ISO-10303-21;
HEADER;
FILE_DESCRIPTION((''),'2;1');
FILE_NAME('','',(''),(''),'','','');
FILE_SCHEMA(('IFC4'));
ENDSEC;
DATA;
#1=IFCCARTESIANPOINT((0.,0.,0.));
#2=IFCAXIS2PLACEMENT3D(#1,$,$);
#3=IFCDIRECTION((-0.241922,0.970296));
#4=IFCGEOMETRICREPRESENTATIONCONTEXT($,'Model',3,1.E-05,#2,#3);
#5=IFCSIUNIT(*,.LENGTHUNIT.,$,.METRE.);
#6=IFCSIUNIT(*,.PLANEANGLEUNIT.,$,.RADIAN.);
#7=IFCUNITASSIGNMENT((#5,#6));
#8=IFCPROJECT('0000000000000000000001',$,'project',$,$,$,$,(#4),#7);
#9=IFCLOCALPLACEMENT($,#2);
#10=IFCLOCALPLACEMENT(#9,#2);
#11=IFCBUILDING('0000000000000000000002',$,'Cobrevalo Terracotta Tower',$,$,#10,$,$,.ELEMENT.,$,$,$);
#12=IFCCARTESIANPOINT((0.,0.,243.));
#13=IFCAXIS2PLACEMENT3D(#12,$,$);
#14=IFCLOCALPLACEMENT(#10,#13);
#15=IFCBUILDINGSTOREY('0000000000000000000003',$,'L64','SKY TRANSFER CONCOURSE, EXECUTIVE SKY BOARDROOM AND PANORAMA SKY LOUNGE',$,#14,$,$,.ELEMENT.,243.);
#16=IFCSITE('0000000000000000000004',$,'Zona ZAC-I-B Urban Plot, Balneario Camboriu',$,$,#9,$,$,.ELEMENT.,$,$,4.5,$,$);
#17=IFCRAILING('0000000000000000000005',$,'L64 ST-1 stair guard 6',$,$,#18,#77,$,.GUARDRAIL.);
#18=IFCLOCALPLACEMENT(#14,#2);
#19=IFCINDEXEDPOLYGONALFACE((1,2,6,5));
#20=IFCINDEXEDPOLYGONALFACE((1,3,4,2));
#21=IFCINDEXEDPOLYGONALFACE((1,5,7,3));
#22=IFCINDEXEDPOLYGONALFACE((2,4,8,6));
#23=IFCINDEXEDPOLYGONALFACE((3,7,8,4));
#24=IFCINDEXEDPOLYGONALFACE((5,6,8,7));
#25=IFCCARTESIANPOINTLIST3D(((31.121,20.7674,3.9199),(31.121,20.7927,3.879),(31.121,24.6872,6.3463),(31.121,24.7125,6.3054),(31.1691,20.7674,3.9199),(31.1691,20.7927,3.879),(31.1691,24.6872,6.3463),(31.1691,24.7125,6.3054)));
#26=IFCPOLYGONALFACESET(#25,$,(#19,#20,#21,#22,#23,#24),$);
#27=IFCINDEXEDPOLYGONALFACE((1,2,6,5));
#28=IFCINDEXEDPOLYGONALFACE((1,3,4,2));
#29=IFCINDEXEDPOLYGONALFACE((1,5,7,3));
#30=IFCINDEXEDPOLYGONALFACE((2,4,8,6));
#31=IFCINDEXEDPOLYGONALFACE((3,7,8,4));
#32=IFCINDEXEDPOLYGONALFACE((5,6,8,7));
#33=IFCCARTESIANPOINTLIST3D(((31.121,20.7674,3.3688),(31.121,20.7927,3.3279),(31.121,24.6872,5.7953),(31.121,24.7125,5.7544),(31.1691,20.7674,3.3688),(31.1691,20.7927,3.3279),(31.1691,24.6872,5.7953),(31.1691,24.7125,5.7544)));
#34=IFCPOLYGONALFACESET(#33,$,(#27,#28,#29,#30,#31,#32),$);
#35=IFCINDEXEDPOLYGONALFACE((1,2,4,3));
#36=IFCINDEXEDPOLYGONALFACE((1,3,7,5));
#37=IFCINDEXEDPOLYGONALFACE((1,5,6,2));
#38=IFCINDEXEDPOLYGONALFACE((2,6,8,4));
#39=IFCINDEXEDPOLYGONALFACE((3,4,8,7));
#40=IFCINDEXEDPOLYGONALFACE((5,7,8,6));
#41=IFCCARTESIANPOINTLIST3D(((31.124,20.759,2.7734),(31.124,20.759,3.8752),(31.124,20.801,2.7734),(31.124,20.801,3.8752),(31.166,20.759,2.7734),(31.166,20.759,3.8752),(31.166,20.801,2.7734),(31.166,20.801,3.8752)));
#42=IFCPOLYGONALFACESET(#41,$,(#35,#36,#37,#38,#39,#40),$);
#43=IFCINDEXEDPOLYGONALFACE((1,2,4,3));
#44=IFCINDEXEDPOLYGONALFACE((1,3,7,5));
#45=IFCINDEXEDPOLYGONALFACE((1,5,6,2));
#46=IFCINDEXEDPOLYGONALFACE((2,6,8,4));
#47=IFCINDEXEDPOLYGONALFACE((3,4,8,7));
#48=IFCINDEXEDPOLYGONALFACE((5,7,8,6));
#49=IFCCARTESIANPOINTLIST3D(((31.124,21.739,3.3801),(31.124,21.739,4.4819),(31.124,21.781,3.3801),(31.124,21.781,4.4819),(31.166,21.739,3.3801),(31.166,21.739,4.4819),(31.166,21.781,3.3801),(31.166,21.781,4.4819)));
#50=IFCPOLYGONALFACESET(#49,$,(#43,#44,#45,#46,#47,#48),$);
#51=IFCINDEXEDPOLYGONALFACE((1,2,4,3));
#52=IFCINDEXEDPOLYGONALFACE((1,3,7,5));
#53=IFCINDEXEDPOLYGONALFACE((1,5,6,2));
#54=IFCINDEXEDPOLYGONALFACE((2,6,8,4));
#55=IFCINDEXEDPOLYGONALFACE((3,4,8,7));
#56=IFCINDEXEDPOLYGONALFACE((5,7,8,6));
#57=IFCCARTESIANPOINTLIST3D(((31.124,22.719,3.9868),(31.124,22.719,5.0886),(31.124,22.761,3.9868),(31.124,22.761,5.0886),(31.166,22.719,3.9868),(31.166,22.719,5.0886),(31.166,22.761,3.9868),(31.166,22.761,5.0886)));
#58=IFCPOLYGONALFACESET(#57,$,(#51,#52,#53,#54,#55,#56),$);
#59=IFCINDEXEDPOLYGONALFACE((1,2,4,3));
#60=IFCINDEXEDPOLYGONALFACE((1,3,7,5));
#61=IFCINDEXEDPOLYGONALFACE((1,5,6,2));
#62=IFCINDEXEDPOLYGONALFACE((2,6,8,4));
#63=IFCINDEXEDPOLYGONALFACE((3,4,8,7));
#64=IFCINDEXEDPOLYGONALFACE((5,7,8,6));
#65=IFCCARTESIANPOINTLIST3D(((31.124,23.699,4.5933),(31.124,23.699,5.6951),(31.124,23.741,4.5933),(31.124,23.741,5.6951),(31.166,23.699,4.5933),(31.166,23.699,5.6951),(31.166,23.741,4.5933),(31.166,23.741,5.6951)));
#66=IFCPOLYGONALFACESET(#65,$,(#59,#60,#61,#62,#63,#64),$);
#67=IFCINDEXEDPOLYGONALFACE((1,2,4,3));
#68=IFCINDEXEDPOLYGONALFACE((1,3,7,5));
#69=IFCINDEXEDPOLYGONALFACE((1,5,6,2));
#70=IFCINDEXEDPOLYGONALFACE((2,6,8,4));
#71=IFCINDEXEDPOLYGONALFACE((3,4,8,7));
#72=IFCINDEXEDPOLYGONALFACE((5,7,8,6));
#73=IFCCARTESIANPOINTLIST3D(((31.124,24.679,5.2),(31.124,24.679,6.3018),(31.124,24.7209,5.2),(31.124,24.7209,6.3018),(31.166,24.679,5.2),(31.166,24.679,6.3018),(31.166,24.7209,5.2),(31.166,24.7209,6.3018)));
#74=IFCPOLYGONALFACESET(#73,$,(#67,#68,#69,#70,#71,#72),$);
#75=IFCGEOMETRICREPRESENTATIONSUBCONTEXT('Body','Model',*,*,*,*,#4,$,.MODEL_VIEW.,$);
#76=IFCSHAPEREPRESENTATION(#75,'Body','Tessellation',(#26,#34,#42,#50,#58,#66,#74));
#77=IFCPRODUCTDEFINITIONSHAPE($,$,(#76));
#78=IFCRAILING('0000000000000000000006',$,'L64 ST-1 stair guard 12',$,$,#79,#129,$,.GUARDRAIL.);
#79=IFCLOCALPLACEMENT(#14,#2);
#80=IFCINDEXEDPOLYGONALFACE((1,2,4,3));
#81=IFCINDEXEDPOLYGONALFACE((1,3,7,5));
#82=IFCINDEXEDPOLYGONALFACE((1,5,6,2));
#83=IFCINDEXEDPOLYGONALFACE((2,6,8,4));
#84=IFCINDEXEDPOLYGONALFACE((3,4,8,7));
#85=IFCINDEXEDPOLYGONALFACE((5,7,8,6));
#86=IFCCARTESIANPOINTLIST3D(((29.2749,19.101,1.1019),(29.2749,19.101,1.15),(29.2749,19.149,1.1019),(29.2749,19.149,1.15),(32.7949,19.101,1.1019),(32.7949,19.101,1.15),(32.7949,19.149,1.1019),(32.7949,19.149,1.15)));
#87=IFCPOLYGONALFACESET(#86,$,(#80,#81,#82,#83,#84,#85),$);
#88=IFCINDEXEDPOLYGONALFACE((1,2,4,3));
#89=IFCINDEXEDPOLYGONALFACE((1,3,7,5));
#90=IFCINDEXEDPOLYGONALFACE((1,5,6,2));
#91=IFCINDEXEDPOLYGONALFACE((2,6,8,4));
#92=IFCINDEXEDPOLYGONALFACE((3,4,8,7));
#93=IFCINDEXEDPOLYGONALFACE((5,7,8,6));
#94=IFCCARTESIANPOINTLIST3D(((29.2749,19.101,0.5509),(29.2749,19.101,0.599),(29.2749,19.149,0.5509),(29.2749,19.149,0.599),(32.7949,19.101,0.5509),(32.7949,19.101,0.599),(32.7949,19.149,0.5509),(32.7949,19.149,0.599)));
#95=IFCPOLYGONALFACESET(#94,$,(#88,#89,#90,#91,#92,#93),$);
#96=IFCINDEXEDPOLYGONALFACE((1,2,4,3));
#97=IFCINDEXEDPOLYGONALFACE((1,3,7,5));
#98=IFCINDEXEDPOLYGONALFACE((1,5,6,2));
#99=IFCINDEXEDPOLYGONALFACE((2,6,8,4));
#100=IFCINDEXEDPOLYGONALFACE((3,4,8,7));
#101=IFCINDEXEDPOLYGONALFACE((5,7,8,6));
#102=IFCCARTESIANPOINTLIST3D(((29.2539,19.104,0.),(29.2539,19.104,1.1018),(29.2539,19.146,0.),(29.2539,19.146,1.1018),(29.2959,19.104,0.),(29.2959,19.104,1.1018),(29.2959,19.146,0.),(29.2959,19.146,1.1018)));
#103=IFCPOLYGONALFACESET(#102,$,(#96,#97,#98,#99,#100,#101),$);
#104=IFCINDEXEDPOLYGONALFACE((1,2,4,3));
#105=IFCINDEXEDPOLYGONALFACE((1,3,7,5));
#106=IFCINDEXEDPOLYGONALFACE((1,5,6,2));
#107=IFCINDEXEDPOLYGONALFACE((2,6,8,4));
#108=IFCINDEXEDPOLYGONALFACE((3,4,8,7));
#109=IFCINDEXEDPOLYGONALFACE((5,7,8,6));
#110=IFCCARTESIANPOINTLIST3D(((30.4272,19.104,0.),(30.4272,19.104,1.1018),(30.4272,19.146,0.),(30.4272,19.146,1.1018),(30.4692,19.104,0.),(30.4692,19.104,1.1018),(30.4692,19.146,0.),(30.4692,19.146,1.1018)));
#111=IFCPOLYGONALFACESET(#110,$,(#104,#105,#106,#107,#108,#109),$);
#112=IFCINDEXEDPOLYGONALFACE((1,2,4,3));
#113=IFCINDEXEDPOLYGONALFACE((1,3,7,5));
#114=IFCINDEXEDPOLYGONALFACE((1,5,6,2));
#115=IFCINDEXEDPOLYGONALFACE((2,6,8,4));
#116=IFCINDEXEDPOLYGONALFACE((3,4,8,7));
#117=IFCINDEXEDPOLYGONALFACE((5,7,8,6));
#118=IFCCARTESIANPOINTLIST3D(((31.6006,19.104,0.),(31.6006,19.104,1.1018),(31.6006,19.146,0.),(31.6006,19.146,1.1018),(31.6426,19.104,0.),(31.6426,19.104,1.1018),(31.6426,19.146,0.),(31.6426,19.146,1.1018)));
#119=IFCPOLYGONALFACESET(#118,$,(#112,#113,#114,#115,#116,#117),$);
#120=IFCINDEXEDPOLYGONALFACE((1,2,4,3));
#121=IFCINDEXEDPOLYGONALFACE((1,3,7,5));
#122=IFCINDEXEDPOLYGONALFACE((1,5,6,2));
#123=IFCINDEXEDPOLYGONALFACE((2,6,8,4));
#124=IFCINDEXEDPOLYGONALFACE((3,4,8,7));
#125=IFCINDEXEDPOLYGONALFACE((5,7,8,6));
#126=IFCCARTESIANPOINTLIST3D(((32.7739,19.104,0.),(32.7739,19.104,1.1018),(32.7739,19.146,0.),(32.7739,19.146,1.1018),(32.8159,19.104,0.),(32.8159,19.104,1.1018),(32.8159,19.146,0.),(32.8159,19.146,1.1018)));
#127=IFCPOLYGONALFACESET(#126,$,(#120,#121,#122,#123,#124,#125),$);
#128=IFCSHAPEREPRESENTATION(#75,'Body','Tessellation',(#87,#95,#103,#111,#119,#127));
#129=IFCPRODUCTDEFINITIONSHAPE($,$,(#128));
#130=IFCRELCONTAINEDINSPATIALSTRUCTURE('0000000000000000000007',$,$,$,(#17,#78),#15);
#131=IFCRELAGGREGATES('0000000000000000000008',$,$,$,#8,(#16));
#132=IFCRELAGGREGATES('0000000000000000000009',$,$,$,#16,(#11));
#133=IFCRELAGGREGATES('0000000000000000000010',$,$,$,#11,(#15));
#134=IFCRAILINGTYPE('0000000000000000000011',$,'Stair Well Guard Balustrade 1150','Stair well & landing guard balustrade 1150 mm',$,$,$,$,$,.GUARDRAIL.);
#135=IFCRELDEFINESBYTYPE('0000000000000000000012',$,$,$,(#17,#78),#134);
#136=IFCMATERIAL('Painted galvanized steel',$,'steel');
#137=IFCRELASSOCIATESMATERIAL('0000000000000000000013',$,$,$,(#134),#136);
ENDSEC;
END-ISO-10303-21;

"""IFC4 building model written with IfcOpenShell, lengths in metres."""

from ifc_helpers import new_model, si_unit, direction, frame, origin, origin_2d, place, context, subcontext, project, spatial, rectangle, extrude, material, type_object, element, save


model = new_model("IFC4")

# Units and contexts
model_context = context("Model", 3, precision=1e-05, world=origin(), true_north=direction((-0.241922, 0.970296)))
body_context = subcontext(model_context, "Body", "Model", "MODEL_VIEW")
ifc_project = project(units=[si_unit("LENGTHUNIT", "METRE"), si_unit("PLANEANGLEUNIT", "RADIAN")], contexts=[model_context])

# Site, building, storey
site_placement = place(None, origin())
site = spatial("IfcSite", under=ifc_project, at=site_placement, Name="Zona ZAC-I-B Urban Plot, Balneario Camboriu", CompositionType="ELEMENT", RefElevation=4.5)
building_placement = place(site_placement, origin())
building = spatial("IfcBuilding", under=site, at=building_placement, Name="Cobrevalo Terracotta Tower", CompositionType="ELEMENT")
storey_placement = place(building_placement, frame((0.0, 0.0, 243.0)))
storey = spatial("IfcBuildingStorey", under=building, at=storey_placement, Name="L64", Description="SKY TRANSFER CONCOURSE, EXECUTIVE SKY BOARDROOM AND PANORAMA SKY LOUNGE", CompositionType="ELEMENT", Elevation=243.0)

# Railings
ifc_material_1 = material(Name="Painted galvanized steel", Category="steel")
railing_type_1 = type_object("IfcRailingType", Name="Stair Well Guard Balustrade 1150", Description="Stair well & landing guard balustrade 1150 mm", PredefinedType="GUARDRAIL", material=ifc_material_1)
railing_1_placement = place(storey_placement, frame((31.145, 20.78, 2.7734)))
element("IfcRailing", 1, at=railing_1_placement, inside=storey, type_object=railing_type_1, Name="L64 ST-1 stair guard 6", PredefinedType="GUARDRAIL", context=body_context, shape_type="SweptSolid", body=[
    extrude(rectangle(XDim=0.0481, YDim=0.0481, at=origin_2d()), frame((0.0, 0.0, 1.126), z_axis=(0.0, 0.850275, 0.526338), x_axis=(-1.0, 0.0, 0.0)), (0.0, 0.0, 1.0), 4.6101),
    extrude(rectangle(XDim=0.0481, YDim=0.0481, at=origin_2d()), frame((0.0, 0.0, 0.575), z_axis=(0.0, 0.850275, 0.526338), x_axis=(-1.0, 0.0, 0.0)), (0.0, 0.0, 1.0), 4.6101),
    extrude(rectangle(XDim=0.042, YDim=0.042, at=origin_2d()), origin(), (0.0, 0.0, 1.0), 1.1018),
    extrude(rectangle(XDim=0.042, YDim=0.042, at=origin_2d()), frame((0.0, 0.98, 0.6067)), (0.0, 0.0, 1.0), 1.1018),
    extrude(rectangle(XDim=0.042, YDim=0.042, at=origin_2d()), frame((0.0, 1.96, 1.2134)), (0.0, 0.0, 1.0), 1.1018),
    extrude(rectangle(XDim=0.042, YDim=0.042, at=origin_2d()), frame((0.0, 2.9399, 1.8198)), (0.0, 0.0, 1.0), 1.1018),
    extrude(rectangle(XDim=0.042, YDim=0.042, at=origin_2d()), frame((0.0, 3.9199, 2.4265)), (0.0, 0.0, 1.0), 1.1018),
])
railing_2_placement = place(storey_placement, frame((29.2749, 19.125, 0.0)))
element("IfcRailing", 2, at=railing_2_placement, inside=storey, type_object=railing_type_1, Name="L64 ST-1 stair guard 12", PredefinedType="GUARDRAIL", context=body_context, shape_type="SweptSolid", body=[
    extrude(rectangle(XDim=0.0481, YDim=0.0481, at=origin_2d()), frame((0.0, 0.0, 1.126), z_axis=(1.0, 0.0, 0.0), x_axis=(0.0, 1.0, 0.0)), (0.0, 0.0, 1.0), 3.52),
    extrude(rectangle(XDim=0.0481, YDim=0.0481, at=origin_2d()), frame((0.0, 0.0, 0.575), z_axis=(1.0, 0.0, 0.0), x_axis=(0.0, 1.0, 0.0)), (0.0, 0.0, 1.0), 3.52),
    extrude(rectangle(XDim=0.042, YDim=0.042, at=origin_2d()), origin(), (0.0, 0.0, 1.0), 1.1018),
    extrude(rectangle(XDim=0.042, YDim=0.042, at=origin_2d()), frame((1.1733, 0.0, 0.0)), (0.0, 0.0, 1.0), 1.1018),
    extrude(rectangle(XDim=0.042, YDim=0.042, at=origin_2d()), frame((2.3467, 0.0, 0.0)), (0.0, 0.0, 1.0), 1.1018),
    extrude(rectangle(XDim=0.042, YDim=0.042, at=origin_2d()), frame((3.52, 0.0, 0.0)), (0.0, 0.0, 1.0), 1.1018),
])

save(model, "model.ifc")
